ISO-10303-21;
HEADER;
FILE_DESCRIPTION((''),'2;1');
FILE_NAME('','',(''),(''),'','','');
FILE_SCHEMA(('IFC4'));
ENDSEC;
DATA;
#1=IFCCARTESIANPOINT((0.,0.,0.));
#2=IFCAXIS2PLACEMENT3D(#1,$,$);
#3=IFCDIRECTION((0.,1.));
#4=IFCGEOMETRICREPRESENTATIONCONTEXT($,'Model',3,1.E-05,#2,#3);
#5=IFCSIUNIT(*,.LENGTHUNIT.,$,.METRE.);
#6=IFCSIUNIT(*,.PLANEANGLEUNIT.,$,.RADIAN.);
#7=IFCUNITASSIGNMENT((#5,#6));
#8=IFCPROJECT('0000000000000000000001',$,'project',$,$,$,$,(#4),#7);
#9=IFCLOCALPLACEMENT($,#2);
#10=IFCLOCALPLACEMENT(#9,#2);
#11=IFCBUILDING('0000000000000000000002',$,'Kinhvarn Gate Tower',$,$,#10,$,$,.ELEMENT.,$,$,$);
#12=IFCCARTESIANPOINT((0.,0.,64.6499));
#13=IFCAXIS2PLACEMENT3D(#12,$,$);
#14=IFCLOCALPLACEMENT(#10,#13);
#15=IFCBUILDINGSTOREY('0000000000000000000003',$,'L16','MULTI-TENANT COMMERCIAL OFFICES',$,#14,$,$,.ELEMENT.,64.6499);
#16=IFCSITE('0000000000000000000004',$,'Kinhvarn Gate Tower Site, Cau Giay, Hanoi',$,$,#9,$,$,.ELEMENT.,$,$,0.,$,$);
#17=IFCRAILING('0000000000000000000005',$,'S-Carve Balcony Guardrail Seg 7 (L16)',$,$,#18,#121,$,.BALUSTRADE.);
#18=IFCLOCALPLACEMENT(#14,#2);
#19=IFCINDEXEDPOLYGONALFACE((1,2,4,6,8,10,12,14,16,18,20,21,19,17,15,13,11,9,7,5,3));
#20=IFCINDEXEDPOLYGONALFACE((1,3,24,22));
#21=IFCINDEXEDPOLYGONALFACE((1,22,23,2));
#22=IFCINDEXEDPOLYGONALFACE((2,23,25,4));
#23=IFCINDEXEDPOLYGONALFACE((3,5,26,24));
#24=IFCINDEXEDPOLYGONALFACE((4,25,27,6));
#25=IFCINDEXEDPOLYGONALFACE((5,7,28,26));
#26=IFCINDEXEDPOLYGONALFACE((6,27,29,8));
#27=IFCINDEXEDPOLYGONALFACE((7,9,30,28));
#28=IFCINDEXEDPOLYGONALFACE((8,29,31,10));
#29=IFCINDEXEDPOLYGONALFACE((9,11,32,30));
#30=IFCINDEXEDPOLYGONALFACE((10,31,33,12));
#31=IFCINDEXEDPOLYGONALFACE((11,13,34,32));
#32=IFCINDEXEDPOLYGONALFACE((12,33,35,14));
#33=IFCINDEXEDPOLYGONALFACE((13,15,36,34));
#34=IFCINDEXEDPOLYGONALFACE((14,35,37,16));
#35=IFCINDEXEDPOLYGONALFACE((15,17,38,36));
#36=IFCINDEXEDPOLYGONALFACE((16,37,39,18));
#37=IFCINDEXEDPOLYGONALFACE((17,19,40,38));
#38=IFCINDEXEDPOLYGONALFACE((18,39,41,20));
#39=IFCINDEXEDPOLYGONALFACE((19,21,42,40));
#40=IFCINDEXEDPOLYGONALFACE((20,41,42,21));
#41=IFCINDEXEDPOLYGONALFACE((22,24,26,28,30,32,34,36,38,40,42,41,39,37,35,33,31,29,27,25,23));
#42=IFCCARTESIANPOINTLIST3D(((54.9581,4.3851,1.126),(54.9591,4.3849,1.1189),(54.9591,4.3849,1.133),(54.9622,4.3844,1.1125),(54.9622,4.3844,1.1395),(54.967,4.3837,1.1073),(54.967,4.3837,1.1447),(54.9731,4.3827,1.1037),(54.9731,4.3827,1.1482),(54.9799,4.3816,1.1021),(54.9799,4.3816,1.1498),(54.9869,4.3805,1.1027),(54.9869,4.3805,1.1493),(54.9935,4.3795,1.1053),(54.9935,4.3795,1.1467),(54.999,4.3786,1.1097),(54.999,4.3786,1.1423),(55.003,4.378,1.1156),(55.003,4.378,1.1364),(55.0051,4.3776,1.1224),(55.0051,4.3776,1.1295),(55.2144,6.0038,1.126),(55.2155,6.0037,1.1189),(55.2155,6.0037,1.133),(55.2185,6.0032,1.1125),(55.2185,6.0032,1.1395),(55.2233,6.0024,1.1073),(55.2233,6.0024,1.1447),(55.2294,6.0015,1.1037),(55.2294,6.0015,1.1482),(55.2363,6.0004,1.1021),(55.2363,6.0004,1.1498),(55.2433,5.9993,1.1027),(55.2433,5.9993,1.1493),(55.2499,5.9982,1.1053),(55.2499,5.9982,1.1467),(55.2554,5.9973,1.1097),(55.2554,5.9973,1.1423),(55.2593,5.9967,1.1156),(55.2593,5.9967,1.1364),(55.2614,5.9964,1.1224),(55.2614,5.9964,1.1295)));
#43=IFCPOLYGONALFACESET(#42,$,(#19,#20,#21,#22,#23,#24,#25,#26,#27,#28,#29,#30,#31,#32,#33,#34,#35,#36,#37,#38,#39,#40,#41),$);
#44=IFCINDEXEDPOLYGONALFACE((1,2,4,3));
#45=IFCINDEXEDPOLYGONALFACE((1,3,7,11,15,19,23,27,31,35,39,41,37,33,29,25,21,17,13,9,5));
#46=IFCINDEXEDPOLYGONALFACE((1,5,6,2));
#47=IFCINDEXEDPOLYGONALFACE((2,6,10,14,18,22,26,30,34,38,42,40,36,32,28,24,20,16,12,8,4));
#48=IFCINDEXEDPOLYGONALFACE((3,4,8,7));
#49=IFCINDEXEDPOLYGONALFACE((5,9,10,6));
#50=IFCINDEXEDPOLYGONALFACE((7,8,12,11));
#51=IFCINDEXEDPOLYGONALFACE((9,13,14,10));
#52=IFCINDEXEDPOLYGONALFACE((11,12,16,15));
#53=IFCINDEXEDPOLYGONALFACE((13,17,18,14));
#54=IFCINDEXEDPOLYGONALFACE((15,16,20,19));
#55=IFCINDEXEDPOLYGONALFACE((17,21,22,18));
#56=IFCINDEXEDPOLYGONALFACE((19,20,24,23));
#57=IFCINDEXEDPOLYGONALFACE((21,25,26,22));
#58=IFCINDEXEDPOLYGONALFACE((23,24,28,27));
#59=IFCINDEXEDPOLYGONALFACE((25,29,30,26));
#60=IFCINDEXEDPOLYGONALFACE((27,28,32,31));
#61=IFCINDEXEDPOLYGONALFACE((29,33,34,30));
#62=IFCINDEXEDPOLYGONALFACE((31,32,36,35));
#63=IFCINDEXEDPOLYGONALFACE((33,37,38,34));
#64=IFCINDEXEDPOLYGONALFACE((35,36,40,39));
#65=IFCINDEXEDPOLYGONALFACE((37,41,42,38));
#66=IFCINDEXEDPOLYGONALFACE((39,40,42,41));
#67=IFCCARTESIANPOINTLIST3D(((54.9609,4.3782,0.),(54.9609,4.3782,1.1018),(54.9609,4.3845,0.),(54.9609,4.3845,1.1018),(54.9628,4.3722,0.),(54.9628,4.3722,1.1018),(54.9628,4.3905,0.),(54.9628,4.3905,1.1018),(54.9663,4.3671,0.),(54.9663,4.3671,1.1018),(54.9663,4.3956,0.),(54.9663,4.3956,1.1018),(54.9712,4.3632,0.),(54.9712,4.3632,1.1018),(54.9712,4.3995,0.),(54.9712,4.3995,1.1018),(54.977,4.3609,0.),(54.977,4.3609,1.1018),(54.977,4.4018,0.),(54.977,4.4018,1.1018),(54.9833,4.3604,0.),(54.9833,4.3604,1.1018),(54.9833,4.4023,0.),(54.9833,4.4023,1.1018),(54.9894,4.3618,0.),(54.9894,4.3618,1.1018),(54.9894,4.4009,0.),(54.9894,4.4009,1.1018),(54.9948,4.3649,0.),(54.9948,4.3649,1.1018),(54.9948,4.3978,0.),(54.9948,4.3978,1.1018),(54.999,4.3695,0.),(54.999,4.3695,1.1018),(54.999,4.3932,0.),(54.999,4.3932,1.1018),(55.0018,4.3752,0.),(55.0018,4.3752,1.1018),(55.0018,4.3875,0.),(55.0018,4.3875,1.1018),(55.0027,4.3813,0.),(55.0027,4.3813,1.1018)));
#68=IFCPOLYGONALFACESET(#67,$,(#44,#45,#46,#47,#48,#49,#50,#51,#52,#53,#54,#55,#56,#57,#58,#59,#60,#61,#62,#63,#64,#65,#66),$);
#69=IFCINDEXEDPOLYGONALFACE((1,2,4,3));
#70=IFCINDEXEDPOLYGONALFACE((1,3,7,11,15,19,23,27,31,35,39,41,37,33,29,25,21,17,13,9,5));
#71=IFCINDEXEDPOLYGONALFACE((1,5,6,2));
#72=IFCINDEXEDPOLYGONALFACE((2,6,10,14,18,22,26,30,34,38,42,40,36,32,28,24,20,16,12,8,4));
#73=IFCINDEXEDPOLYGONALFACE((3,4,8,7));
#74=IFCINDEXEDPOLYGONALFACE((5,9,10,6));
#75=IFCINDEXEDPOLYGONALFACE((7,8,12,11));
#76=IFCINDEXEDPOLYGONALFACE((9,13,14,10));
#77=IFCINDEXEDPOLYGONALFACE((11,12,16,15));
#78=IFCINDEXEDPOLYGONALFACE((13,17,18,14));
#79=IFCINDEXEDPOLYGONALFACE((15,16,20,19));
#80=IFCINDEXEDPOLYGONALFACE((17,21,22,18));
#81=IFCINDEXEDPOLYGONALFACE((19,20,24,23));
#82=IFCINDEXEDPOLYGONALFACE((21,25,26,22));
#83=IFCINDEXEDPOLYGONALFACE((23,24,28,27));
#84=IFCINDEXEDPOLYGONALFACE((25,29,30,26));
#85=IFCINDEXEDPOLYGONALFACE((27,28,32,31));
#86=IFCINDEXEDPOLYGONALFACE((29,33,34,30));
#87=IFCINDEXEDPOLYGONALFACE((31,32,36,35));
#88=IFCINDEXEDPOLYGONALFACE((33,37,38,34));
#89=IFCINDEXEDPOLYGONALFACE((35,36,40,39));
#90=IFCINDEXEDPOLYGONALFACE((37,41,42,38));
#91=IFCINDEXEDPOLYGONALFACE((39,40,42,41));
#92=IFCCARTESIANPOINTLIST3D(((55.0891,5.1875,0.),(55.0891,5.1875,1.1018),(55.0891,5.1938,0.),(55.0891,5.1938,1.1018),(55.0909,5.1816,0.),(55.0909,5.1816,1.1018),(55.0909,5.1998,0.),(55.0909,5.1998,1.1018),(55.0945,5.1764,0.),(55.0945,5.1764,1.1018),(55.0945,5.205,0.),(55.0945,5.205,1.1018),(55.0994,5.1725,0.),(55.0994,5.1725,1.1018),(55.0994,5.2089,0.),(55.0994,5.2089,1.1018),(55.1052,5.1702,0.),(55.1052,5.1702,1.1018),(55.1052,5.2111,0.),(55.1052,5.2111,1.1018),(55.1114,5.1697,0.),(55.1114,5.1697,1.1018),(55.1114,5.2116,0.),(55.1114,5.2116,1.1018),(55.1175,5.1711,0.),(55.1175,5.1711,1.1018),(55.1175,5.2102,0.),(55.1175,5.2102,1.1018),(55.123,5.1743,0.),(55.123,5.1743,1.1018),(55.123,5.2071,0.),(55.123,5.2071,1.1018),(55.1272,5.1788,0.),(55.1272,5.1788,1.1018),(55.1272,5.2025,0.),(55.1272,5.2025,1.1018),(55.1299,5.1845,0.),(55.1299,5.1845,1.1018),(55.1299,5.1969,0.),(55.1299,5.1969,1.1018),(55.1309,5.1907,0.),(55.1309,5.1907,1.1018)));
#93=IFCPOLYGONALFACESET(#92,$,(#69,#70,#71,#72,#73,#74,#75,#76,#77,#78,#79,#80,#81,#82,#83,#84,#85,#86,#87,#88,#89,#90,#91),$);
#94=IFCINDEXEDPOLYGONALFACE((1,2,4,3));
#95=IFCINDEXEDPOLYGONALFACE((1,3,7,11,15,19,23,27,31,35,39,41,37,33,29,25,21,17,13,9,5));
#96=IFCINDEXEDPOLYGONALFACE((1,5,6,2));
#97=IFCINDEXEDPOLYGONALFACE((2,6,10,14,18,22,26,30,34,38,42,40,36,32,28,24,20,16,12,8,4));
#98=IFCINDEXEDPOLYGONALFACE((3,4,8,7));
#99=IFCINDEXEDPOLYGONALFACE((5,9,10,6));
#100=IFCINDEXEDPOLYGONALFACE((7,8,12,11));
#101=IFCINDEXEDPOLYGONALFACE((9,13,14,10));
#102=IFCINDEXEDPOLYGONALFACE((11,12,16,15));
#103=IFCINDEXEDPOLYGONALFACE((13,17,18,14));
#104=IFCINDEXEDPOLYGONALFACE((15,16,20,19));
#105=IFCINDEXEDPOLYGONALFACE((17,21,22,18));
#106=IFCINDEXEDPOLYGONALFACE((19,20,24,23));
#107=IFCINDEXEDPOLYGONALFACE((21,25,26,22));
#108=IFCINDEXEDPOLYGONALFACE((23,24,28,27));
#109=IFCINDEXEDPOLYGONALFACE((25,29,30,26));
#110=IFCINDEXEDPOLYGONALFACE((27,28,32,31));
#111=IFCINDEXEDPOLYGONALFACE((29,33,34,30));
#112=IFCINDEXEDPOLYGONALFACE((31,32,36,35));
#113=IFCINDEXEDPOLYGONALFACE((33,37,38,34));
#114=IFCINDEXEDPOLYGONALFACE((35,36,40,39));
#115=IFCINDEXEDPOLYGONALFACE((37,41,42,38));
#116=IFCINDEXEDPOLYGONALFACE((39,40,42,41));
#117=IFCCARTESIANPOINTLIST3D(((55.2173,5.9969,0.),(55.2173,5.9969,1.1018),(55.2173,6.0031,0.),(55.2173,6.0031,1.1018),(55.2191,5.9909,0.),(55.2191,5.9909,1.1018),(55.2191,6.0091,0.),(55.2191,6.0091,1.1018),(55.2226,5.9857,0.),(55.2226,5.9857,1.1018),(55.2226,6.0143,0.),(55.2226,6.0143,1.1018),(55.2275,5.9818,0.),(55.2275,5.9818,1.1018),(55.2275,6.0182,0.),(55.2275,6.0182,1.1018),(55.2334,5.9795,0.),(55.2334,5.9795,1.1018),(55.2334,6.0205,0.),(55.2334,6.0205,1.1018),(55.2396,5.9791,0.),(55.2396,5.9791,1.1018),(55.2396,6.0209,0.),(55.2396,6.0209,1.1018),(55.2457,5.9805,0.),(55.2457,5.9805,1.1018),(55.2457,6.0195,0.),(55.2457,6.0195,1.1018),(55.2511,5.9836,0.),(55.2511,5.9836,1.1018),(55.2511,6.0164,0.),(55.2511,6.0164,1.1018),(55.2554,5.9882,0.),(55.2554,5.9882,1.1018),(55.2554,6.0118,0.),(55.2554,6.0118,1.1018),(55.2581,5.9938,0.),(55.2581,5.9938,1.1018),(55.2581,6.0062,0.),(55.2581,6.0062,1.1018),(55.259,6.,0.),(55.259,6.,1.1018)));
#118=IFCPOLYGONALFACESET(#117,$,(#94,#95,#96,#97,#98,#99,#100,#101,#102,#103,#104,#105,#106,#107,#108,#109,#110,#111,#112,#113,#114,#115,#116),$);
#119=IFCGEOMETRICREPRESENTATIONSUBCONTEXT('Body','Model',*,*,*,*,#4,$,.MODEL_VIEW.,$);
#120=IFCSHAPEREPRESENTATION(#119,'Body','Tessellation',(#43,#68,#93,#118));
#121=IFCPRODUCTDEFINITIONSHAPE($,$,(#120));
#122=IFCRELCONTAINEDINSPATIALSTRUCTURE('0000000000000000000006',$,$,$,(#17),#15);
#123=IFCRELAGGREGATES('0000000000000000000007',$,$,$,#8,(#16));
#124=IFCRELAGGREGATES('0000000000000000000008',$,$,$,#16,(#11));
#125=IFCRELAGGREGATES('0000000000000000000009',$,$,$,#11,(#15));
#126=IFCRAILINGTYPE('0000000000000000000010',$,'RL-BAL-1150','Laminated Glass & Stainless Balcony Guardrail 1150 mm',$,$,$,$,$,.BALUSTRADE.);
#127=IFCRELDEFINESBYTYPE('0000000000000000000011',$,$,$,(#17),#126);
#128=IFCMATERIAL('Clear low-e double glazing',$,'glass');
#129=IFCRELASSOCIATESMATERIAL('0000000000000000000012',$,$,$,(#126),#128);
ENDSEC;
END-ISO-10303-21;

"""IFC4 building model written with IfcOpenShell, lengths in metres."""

from ifc_helpers import new_model, si_unit, direction, frame, origin, origin_2d, place, context, subcontext, project, spatial, circle, extrude, material, type_object, element, save


model = new_model("IFC4")

# Units and contexts
model_context = context("Model", 3, precision=1e-05, world=origin(), true_north=direction((0.0, 1.0)))
body_context = subcontext(model_context, "Body", "Model", "MODEL_VIEW")
ifc_project = project(units=[si_unit("LENGTHUNIT", "METRE"), si_unit("PLANEANGLEUNIT", "RADIAN")], contexts=[model_context])

# Site, building, storey
site_placement = place(None, origin())
site = spatial("IfcSite", under=ifc_project, at=site_placement, Name="Kinhvarn Gate Tower Site, Cau Giay, Hanoi", CompositionType="ELEMENT", RefElevation=0.0)
building_placement = place(site_placement, origin())
building = spatial("IfcBuilding", under=site, at=building_placement, Name="Kinhvarn Gate Tower", CompositionType="ELEMENT")
storey_placement = place(building_placement, frame((0.0, 0.0, 64.6499)))
storey = spatial("IfcBuildingStorey", under=building, at=storey_placement, Name="L16", Description="MULTI-TENANT COMMERCIAL OFFICES", CompositionType="ELEMENT", Elevation=64.6499)

# Shared definitions
ifc_material_1 = material(Name="Clear low-e double glazing", Category="glass")

# Railing
railing_type = type_object("IfcRailingType", Name="RL-BAL-1150", Description="Laminated Glass & Stainless Balcony Guardrail 1150 mm", PredefinedType="BALUSTRADE", material=ifc_material_1)
railing_1_placement = place(storey_placement, frame((54.9817, 4.3813, 0.0)))
element("IfcRailing", 1, at=railing_1_placement, inside=storey, type_object=railing_type, Name="S-Carve Balcony Guardrail Seg 7 (L16)", PredefinedType="BALUSTRADE", context=body_context, shape_type="SweptSolid", body=[
    extrude(circle(Radius=0.0239, at=origin_2d()), frame((0.0, 0.0, 1.126), z_axis=(0.156422, 0.98769, 0.0), x_axis=(-0.98769, 0.156422, 0.0)), (0.0, 0.0, 1.0), 1.6389),
    extrude(circle(Radius=0.021, at=origin_2d()), origin(), (0.0, 0.0, 1.0), 1.1018),
    extrude(circle(Radius=0.021, at=origin_2d()), frame((0.1282, 0.8093, 0.0)), (0.0, 0.0, 1.0), 1.1018),
    extrude(circle(Radius=0.021, at=origin_2d()), frame((0.2563, 1.6187, 0.0)), (0.0, 0.0, 1.0), 1.1018),
])

save(model, "model.ifc")
